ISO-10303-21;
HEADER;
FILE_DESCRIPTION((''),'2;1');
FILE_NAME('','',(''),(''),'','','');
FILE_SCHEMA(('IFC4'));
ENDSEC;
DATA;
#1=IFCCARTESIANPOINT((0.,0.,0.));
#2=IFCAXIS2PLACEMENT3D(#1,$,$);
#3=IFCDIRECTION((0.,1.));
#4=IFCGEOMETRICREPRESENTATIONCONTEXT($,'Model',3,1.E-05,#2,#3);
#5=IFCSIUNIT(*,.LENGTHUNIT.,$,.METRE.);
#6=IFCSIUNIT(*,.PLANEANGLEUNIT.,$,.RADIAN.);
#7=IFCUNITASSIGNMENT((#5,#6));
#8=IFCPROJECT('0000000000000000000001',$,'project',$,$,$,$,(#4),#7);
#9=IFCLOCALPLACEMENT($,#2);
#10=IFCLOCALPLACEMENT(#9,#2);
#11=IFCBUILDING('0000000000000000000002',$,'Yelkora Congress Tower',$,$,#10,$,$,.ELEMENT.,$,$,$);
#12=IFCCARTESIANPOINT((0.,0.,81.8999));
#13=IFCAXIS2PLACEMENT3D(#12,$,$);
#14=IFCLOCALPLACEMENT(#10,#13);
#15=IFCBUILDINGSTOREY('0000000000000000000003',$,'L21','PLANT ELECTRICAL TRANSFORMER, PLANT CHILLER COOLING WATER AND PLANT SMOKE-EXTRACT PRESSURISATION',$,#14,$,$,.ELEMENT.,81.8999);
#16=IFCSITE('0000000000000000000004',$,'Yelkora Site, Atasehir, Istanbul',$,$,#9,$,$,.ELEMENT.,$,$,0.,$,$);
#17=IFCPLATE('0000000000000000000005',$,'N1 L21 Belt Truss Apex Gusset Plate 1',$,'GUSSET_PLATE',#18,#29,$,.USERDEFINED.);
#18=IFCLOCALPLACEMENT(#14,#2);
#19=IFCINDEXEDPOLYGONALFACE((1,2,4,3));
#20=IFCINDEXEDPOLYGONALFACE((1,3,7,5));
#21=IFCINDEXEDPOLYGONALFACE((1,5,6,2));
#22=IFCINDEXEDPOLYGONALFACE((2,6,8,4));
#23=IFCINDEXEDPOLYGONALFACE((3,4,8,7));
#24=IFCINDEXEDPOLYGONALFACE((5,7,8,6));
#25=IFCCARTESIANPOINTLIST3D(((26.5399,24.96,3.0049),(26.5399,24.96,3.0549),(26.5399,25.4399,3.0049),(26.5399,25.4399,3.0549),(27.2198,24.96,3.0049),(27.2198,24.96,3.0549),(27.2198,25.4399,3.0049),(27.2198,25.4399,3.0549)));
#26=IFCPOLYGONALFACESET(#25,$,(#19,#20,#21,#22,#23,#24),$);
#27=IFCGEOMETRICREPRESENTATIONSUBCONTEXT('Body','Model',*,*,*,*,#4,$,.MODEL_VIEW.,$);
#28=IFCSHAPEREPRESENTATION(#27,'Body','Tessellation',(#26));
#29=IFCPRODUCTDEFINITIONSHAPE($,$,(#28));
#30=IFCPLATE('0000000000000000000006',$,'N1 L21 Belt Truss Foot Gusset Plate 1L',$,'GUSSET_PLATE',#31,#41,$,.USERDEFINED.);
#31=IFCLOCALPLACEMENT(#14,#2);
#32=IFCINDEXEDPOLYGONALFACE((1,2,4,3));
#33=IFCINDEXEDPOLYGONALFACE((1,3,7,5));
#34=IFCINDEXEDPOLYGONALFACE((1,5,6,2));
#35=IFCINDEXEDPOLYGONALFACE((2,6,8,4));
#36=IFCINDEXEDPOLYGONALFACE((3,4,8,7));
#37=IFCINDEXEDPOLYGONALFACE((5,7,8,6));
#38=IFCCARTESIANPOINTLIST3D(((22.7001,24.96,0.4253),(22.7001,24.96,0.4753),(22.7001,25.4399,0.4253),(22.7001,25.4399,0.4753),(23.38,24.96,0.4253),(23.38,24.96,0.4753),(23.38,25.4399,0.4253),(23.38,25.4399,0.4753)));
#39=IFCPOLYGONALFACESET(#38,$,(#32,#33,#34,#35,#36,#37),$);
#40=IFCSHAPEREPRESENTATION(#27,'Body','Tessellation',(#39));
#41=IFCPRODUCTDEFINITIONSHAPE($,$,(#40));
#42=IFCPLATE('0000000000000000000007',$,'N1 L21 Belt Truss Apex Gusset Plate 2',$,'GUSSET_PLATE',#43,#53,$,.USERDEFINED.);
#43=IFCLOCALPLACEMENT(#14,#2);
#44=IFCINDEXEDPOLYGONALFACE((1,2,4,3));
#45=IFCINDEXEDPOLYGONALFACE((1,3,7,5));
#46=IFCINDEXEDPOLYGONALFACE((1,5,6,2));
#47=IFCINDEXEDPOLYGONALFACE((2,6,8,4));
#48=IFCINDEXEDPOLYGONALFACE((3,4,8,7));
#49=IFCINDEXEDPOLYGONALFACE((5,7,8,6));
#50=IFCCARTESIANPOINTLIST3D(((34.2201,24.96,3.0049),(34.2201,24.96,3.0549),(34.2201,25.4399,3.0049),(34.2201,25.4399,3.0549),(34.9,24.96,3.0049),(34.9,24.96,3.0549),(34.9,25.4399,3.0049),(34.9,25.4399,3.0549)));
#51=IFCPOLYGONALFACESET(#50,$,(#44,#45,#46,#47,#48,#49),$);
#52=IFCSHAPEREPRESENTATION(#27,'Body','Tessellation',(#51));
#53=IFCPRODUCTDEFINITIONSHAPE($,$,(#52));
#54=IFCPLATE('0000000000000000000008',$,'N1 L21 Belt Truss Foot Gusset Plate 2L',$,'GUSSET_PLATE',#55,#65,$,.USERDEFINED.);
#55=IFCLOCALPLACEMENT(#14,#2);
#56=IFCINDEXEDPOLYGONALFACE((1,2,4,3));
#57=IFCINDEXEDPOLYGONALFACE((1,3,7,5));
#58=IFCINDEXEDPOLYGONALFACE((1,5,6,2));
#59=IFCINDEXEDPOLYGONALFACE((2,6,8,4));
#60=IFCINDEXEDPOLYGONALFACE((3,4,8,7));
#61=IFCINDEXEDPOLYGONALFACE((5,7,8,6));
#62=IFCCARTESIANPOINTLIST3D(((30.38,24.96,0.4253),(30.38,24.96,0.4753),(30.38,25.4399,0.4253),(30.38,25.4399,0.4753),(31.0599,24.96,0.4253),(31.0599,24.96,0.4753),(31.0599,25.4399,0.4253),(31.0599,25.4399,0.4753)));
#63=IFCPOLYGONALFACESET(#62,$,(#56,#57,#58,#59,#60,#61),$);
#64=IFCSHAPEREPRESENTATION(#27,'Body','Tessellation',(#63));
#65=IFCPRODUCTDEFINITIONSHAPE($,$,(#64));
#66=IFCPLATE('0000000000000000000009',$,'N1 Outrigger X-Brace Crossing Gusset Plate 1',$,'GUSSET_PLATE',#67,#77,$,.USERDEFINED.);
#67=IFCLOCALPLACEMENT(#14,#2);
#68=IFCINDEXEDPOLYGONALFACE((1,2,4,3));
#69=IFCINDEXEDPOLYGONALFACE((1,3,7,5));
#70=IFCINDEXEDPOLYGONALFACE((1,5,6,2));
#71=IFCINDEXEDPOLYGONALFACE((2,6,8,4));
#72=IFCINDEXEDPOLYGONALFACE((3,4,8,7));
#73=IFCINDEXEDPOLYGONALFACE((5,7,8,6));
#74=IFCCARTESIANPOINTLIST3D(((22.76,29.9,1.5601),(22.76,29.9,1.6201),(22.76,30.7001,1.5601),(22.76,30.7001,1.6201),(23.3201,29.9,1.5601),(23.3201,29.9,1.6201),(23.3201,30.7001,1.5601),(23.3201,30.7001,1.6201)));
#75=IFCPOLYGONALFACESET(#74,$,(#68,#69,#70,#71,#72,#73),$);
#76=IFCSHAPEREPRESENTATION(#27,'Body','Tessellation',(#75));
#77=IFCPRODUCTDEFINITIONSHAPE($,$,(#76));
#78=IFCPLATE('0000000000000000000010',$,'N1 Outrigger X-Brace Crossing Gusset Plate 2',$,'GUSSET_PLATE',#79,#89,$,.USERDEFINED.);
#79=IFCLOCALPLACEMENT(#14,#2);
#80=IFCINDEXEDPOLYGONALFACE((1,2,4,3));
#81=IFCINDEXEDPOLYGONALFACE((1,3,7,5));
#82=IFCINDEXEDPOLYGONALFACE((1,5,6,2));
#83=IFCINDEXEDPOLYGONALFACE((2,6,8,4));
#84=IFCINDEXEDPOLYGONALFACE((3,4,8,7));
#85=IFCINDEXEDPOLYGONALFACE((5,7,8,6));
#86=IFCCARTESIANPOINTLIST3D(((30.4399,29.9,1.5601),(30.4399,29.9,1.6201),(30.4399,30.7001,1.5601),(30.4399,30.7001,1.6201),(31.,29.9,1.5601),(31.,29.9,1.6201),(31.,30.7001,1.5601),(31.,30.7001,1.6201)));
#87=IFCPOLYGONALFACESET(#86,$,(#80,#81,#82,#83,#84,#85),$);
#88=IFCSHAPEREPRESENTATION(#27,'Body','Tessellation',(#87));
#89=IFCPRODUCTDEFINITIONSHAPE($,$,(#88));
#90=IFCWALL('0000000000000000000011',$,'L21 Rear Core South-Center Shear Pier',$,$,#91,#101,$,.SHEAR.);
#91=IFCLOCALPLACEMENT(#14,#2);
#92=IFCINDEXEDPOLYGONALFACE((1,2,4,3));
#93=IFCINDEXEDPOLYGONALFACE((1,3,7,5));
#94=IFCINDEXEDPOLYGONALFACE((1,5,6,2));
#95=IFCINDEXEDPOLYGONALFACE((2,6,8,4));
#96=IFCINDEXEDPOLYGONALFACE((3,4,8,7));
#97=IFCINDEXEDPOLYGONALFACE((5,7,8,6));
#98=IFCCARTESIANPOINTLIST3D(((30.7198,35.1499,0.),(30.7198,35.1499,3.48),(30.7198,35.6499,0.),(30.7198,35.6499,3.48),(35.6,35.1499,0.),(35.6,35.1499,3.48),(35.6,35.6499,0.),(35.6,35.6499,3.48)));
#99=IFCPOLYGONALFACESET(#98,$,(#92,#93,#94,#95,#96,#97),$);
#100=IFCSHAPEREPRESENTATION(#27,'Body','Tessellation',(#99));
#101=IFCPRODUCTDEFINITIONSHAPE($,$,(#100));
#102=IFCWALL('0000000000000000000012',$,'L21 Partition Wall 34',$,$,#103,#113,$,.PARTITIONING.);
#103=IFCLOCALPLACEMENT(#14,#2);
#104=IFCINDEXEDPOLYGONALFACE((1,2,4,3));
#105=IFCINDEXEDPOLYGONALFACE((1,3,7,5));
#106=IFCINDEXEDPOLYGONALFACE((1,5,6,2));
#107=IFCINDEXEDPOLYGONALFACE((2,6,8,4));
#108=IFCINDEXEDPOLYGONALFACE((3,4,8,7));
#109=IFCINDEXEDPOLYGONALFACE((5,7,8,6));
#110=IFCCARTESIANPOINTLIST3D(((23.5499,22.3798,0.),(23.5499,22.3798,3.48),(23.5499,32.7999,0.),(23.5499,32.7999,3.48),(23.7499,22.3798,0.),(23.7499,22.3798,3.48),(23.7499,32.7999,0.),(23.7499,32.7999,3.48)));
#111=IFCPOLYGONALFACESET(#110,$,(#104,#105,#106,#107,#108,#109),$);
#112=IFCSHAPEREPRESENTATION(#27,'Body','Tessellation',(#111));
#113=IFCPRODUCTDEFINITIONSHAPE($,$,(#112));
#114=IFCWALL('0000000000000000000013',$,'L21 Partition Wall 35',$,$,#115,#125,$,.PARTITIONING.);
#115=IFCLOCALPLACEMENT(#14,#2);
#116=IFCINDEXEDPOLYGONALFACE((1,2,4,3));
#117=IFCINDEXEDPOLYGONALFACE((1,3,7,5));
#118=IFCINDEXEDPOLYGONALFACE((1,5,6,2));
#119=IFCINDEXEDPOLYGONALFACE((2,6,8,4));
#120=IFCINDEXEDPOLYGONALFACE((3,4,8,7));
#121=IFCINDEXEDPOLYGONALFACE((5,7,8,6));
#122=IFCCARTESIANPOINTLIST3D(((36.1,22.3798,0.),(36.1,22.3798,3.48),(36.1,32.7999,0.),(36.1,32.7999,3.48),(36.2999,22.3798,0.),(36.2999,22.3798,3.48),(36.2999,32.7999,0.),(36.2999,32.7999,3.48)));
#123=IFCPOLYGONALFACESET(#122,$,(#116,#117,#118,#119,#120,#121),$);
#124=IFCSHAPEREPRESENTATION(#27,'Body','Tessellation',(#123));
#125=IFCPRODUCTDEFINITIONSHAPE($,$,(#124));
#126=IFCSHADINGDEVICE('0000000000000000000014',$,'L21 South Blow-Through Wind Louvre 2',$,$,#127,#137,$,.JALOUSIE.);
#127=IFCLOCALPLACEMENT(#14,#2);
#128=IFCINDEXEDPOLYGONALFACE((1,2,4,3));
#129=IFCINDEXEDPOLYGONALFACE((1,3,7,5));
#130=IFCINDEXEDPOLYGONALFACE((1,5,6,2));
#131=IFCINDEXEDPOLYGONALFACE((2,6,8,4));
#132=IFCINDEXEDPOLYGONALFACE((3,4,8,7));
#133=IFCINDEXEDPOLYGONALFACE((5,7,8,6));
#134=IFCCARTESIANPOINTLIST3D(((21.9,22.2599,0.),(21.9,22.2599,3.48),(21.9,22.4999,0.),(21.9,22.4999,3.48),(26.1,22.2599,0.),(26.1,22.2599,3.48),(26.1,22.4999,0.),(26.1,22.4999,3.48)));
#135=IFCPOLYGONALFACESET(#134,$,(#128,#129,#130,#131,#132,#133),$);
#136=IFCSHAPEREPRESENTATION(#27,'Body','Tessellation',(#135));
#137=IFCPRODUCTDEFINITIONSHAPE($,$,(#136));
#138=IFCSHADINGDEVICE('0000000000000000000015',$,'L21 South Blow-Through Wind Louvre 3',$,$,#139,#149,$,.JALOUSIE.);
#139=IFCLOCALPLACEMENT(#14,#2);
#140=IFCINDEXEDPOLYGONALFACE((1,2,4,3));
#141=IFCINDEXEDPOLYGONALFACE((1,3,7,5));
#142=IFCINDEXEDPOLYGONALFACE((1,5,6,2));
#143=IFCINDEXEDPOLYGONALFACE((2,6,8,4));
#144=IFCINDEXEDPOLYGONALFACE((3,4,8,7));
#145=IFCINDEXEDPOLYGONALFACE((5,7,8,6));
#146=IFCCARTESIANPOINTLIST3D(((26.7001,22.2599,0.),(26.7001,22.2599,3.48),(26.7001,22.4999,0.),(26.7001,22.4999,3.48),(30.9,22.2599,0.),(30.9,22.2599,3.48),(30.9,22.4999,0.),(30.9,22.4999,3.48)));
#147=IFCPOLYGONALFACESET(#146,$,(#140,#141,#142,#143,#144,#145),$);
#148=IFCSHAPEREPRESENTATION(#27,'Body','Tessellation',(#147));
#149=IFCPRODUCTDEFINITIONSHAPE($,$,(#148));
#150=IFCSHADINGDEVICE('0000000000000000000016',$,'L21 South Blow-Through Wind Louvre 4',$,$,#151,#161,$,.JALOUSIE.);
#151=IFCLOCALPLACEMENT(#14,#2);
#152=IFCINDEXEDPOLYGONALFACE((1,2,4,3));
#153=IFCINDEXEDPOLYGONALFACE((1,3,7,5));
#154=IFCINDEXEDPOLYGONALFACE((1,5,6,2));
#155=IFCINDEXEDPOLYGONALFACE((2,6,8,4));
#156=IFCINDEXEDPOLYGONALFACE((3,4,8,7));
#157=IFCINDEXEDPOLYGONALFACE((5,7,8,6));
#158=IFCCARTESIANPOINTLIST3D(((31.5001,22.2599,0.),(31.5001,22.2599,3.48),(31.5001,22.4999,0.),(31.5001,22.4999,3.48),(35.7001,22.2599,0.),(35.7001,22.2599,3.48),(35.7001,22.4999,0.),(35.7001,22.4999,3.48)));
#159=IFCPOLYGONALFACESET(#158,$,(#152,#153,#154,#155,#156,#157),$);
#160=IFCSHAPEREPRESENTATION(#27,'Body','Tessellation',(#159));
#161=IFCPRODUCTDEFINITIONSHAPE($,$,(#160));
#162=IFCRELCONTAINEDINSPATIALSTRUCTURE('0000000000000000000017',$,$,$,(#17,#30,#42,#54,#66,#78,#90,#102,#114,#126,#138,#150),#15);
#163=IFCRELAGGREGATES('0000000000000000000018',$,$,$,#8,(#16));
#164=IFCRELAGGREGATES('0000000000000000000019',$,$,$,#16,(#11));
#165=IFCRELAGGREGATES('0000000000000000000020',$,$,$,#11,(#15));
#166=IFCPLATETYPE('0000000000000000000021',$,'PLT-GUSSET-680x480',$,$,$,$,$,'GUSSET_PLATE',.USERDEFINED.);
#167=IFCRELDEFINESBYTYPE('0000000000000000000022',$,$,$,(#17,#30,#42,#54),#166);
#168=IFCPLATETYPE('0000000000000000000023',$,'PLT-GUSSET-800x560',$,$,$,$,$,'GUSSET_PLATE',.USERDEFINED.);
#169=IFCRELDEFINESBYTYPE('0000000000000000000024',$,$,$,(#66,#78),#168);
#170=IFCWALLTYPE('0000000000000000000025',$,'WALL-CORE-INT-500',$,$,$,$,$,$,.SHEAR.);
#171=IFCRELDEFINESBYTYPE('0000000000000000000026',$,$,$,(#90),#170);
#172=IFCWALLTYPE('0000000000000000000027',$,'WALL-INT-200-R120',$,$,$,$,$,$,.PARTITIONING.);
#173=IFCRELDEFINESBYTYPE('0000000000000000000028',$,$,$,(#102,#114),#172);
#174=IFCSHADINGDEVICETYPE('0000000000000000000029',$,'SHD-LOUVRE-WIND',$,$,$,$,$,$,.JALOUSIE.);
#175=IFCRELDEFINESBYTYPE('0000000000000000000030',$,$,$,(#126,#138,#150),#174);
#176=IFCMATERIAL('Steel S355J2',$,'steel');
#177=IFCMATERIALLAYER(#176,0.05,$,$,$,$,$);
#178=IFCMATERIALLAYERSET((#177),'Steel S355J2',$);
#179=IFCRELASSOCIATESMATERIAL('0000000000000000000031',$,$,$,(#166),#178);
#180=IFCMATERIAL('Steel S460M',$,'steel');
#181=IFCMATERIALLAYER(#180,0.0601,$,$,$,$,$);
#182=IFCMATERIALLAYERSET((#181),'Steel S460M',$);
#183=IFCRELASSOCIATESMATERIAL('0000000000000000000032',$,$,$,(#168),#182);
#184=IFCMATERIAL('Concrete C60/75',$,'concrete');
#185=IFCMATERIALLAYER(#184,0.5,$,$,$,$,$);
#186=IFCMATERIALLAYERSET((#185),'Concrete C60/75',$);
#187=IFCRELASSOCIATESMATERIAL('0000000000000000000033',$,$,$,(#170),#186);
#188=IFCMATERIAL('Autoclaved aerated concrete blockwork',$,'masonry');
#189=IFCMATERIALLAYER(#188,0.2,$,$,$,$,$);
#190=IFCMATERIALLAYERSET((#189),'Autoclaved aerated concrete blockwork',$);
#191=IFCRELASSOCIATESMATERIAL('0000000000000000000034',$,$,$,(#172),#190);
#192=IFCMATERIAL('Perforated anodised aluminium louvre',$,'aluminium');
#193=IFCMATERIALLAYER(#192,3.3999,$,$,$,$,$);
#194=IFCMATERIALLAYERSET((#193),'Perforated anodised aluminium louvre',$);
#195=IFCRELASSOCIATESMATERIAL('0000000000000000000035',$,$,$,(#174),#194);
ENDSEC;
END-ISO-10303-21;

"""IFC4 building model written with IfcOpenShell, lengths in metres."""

from ifc_helpers import new_model, si_unit, direction, frame, frame_2d, origin, origin_2d, place, context, subcontext, project, spatial, rectangle, extrude, material, layer, layer_set, type_object, element, save


model = new_model("IFC4")

# Units and contexts
model_context = context("Model", 3, precision=1e-05, world=origin(), true_north=direction((0.0, 1.0)))
body_context = subcontext(model_context, "Body", "Model", "MODEL_VIEW")
ifc_project = project(units=[si_unit("LENGTHUNIT", "METRE"), si_unit("PLANEANGLEUNIT", "RADIAN")], contexts=[model_context])

# Site, building, storey
site_placement = place(None, origin())
site = spatial("IfcSite", under=ifc_project, at=site_placement, Name="Yelkora Site, Atasehir, Istanbul", CompositionType="ELEMENT", RefElevation=0.0)
building_placement = place(site_placement, origin())
building = spatial("IfcBuilding", under=site, at=building_placement, Name="Yelkora Congress Tower", CompositionType="ELEMENT")
storey_placement = place(building_placement, frame((0.0, 0.0, 81.8999)))
storey = spatial("IfcBuildingStorey", under=building, at=storey_placement, Name="L21", Description="PLANT ELECTRICAL TRANSFORMER, PLANT CHILLER COOLING WATER AND PLANT SMOKE-EXTRACT PRESSURISATION", CompositionType="ELEMENT", Elevation=81.8999)

# Shared definitions
ifc_material_1 = material(Name="Concrete C60/75", Category="concrete")

# Shared definitions
ifc_material_2 = material(Name="Steel S460M", Category="steel")

# Plates
ifc_material_3 = material(Name="Steel S355J2", Category="steel")
ifc_layer_1 = layer(ifc_material_3, 0.05)
ifc_layer_set_1 = layer_set([ifc_layer_1], Name="Steel S355J2")
plate_type_1 = type_object("IfcPlateType", Name="PLT-GUSSET-680x480", ElementType="GUSSET_PLATE", PredefinedType="USERDEFINED", material=ifc_layer_set_1)
for number, where, z_axis, x_axis, name in (
    (1, (26.8799, 25.2, 3.0049), (0.0, 0.0, 1.0), (1.0, 0.0, 0.0), "N1 L21 Belt Truss Apex Gusset Plate 1"),
    (2, (23.04, 25.2, 0.4253), (0.0, 0.0, 1.0), (1.0, 0.0, 0.0), "N1 L21 Belt Truss Foot Gusset Plate 1L"),
    (3, (34.5601, 25.2, 3.0049), (0.0, 0.0, 1.0), (1.0, 0.0, 0.0), "N1 L21 Belt Truss Apex Gusset Plate 2"),
    (4, (30.72, 25.2, 0.4253), (0.0, 0.0, 1.0), (1.0, 0.0, 0.0), "N1 L21 Belt Truss Foot Gusset Plate 2L"),
):
    element("IfcPlate", number, at=place(storey_placement, frame(where, z_axis=z_axis, x_axis=x_axis)), inside=storey, type_object=plate_type_1, Name=name, ObjectType="GUSSET_PLATE", PredefinedType="USERDEFINED", context=body_context, shape_type="SweptSolid", body=[
        extrude(rectangle(XDim=0.6799, YDim=0.48, at=origin_2d()), origin(), (0.0, 0.0, 1.0), 0.05),
    ])
ifc_layer_2 = layer(ifc_material_2, 0.0601)
ifc_layer_set_2 = layer_set([ifc_layer_2], Name="Steel S460M")
plate_type_2 = type_object("IfcPlateType", Name="PLT-GUSSET-800x560", ElementType="GUSSET_PLATE", PredefinedType="USERDEFINED", material=ifc_layer_set_2)
for number, where, z_axis, x_axis, name in (
    (5, (23.04, 30.3, 1.5601), (0.0, 0.0, 1.0), (0.0, 1.0, 0.0), "N1 Outrigger X-Brace Crossing Gusset Plate 1"),
    (6, (30.72, 30.3, 1.5601), (0.0, 0.0, 1.0), (0.0, 1.0, 0.0), "N1 Outrigger X-Brace Crossing Gusset Plate 2"),
):
    element("IfcPlate", number, at=place(storey_placement, frame(where, z_axis=z_axis, x_axis=x_axis)), inside=storey, type_object=plate_type_2, Name=name, ObjectType="GUSSET_PLATE", PredefinedType="USERDEFINED", context=body_context, shape_type="SweptSolid", body=[
        extrude(rectangle(XDim=0.8, YDim=0.5601, at=origin_2d()), origin(), (0.0, 0.0, 1.0), 0.0601),
    ])

# Wall
ifc_layer_3 = layer(ifc_material_1, 0.5)
ifc_layer_set_3 = layer_set([ifc_layer_3], Name="Concrete C60/75")
wall_type_1 = type_object("IfcWallType", Name="WALL-CORE-INT-500", PredefinedType="SHEAR", material=ifc_layer_set_3)
wall_1_placement = place(storey_placement, frame((30.72, 35.3999, 0.0), z_axis=(0.0, 0.0, 1.0), x_axis=(1.0, 0.0, 0.0)))
element("IfcWall", 7, at=wall_1_placement, inside=storey, type_object=wall_type_1, Name="L21 Rear Core South-Center Shear Pier", PredefinedType="SHEAR", context=body_context, shape_type="SweptSolid", body=[
    extrude(rectangle(XDim=4.8801, YDim=0.5, at=frame_2d((2.4399, 0.0))), origin(), (0.0, 0.0, 1.0), 3.48),
])

# Shared definitions
ifc_material_4 = material(Name="Autoclaved aerated concrete blockwork", Category="masonry")
ifc_layer_4 = layer(ifc_material_4, 0.2)
ifc_layer_set_4 = layer_set([ifc_layer_4], Name="Autoclaved aerated concrete blockwork")
wall_type_2 = type_object("IfcWallType", Name="WALL-INT-200-R120", PredefinedType="PARTITIONING", material=ifc_layer_set_4)

# Walls
for number, where, z_axis, x_axis, name in (
    (8, (23.6499, 22.3799, 0.0), (0.0, 0.0, 1.0), (0.0, 1.0, 0.0), "L21 Partition Wall 34"),
    (9, (36.2, 22.3799, 0.0), (0.0, 0.0, 1.0), (0.0, 1.0, 0.0), "L21 Partition Wall 35"),
):
    element("IfcWall", number, at=place(storey_placement, frame(where, z_axis=z_axis, x_axis=x_axis)), inside=storey, type_object=wall_type_2, Name=name, PredefinedType="PARTITIONING", context=body_context, shape_type="SweptSolid", body=[
        extrude(rectangle(XDim=10.4202, YDim=0.2, at=frame_2d((5.21, 0.0))), origin(), (0.0, 0.0, 1.0), 3.48),
    ])

# Shading devices
ifc_material_5 = material(Name="Perforated anodised aluminium louvre", Category="aluminium")
ifc_layer_5 = layer(ifc_material_5, 3.3999)
ifc_layer_set_5 = layer_set([ifc_layer_5], Name="Perforated anodised aluminium louvre")
shading_device_type = type_object("IfcShadingDeviceType", Name="SHD-LOUVRE-WIND", PredefinedType="JALOUSIE", material=ifc_layer_set_5)
for number, where, z_axis, x_axis, name in (
    (10, (24.0, 22.3799, 0.0), (0.0, 0.0, 1.0), (1.0, 0.0, 0.0), "L21 South Blow-Through Wind Louvre 2"),
    (11, (28.8, 22.3799, 0.0), (0.0, 0.0, 1.0), (1.0, 0.0, 0.0), "L21 South Blow-Through Wind Louvre 3"),
    (12, (33.6001, 22.3799, 0.0), (0.0, 0.0, 1.0), (1.0, 0.0, 0.0), "L21 South Blow-Through Wind Louvre 4"),
):
    element("IfcShadingDevice", number, at=place(storey_placement, frame(where, z_axis=z_axis, x_axis=x_axis)), inside=storey, type_object=shading_device_type, Name=name, PredefinedType="JALOUSIE", context=body_context, shape_type="SweptSolid", body=[
        extrude(rectangle(XDim=4.2, YDim=0.24, at=origin_2d()), origin(), (0.0, 0.0, 1.0), 3.48),
    ])

save(model, "model.ifc")
